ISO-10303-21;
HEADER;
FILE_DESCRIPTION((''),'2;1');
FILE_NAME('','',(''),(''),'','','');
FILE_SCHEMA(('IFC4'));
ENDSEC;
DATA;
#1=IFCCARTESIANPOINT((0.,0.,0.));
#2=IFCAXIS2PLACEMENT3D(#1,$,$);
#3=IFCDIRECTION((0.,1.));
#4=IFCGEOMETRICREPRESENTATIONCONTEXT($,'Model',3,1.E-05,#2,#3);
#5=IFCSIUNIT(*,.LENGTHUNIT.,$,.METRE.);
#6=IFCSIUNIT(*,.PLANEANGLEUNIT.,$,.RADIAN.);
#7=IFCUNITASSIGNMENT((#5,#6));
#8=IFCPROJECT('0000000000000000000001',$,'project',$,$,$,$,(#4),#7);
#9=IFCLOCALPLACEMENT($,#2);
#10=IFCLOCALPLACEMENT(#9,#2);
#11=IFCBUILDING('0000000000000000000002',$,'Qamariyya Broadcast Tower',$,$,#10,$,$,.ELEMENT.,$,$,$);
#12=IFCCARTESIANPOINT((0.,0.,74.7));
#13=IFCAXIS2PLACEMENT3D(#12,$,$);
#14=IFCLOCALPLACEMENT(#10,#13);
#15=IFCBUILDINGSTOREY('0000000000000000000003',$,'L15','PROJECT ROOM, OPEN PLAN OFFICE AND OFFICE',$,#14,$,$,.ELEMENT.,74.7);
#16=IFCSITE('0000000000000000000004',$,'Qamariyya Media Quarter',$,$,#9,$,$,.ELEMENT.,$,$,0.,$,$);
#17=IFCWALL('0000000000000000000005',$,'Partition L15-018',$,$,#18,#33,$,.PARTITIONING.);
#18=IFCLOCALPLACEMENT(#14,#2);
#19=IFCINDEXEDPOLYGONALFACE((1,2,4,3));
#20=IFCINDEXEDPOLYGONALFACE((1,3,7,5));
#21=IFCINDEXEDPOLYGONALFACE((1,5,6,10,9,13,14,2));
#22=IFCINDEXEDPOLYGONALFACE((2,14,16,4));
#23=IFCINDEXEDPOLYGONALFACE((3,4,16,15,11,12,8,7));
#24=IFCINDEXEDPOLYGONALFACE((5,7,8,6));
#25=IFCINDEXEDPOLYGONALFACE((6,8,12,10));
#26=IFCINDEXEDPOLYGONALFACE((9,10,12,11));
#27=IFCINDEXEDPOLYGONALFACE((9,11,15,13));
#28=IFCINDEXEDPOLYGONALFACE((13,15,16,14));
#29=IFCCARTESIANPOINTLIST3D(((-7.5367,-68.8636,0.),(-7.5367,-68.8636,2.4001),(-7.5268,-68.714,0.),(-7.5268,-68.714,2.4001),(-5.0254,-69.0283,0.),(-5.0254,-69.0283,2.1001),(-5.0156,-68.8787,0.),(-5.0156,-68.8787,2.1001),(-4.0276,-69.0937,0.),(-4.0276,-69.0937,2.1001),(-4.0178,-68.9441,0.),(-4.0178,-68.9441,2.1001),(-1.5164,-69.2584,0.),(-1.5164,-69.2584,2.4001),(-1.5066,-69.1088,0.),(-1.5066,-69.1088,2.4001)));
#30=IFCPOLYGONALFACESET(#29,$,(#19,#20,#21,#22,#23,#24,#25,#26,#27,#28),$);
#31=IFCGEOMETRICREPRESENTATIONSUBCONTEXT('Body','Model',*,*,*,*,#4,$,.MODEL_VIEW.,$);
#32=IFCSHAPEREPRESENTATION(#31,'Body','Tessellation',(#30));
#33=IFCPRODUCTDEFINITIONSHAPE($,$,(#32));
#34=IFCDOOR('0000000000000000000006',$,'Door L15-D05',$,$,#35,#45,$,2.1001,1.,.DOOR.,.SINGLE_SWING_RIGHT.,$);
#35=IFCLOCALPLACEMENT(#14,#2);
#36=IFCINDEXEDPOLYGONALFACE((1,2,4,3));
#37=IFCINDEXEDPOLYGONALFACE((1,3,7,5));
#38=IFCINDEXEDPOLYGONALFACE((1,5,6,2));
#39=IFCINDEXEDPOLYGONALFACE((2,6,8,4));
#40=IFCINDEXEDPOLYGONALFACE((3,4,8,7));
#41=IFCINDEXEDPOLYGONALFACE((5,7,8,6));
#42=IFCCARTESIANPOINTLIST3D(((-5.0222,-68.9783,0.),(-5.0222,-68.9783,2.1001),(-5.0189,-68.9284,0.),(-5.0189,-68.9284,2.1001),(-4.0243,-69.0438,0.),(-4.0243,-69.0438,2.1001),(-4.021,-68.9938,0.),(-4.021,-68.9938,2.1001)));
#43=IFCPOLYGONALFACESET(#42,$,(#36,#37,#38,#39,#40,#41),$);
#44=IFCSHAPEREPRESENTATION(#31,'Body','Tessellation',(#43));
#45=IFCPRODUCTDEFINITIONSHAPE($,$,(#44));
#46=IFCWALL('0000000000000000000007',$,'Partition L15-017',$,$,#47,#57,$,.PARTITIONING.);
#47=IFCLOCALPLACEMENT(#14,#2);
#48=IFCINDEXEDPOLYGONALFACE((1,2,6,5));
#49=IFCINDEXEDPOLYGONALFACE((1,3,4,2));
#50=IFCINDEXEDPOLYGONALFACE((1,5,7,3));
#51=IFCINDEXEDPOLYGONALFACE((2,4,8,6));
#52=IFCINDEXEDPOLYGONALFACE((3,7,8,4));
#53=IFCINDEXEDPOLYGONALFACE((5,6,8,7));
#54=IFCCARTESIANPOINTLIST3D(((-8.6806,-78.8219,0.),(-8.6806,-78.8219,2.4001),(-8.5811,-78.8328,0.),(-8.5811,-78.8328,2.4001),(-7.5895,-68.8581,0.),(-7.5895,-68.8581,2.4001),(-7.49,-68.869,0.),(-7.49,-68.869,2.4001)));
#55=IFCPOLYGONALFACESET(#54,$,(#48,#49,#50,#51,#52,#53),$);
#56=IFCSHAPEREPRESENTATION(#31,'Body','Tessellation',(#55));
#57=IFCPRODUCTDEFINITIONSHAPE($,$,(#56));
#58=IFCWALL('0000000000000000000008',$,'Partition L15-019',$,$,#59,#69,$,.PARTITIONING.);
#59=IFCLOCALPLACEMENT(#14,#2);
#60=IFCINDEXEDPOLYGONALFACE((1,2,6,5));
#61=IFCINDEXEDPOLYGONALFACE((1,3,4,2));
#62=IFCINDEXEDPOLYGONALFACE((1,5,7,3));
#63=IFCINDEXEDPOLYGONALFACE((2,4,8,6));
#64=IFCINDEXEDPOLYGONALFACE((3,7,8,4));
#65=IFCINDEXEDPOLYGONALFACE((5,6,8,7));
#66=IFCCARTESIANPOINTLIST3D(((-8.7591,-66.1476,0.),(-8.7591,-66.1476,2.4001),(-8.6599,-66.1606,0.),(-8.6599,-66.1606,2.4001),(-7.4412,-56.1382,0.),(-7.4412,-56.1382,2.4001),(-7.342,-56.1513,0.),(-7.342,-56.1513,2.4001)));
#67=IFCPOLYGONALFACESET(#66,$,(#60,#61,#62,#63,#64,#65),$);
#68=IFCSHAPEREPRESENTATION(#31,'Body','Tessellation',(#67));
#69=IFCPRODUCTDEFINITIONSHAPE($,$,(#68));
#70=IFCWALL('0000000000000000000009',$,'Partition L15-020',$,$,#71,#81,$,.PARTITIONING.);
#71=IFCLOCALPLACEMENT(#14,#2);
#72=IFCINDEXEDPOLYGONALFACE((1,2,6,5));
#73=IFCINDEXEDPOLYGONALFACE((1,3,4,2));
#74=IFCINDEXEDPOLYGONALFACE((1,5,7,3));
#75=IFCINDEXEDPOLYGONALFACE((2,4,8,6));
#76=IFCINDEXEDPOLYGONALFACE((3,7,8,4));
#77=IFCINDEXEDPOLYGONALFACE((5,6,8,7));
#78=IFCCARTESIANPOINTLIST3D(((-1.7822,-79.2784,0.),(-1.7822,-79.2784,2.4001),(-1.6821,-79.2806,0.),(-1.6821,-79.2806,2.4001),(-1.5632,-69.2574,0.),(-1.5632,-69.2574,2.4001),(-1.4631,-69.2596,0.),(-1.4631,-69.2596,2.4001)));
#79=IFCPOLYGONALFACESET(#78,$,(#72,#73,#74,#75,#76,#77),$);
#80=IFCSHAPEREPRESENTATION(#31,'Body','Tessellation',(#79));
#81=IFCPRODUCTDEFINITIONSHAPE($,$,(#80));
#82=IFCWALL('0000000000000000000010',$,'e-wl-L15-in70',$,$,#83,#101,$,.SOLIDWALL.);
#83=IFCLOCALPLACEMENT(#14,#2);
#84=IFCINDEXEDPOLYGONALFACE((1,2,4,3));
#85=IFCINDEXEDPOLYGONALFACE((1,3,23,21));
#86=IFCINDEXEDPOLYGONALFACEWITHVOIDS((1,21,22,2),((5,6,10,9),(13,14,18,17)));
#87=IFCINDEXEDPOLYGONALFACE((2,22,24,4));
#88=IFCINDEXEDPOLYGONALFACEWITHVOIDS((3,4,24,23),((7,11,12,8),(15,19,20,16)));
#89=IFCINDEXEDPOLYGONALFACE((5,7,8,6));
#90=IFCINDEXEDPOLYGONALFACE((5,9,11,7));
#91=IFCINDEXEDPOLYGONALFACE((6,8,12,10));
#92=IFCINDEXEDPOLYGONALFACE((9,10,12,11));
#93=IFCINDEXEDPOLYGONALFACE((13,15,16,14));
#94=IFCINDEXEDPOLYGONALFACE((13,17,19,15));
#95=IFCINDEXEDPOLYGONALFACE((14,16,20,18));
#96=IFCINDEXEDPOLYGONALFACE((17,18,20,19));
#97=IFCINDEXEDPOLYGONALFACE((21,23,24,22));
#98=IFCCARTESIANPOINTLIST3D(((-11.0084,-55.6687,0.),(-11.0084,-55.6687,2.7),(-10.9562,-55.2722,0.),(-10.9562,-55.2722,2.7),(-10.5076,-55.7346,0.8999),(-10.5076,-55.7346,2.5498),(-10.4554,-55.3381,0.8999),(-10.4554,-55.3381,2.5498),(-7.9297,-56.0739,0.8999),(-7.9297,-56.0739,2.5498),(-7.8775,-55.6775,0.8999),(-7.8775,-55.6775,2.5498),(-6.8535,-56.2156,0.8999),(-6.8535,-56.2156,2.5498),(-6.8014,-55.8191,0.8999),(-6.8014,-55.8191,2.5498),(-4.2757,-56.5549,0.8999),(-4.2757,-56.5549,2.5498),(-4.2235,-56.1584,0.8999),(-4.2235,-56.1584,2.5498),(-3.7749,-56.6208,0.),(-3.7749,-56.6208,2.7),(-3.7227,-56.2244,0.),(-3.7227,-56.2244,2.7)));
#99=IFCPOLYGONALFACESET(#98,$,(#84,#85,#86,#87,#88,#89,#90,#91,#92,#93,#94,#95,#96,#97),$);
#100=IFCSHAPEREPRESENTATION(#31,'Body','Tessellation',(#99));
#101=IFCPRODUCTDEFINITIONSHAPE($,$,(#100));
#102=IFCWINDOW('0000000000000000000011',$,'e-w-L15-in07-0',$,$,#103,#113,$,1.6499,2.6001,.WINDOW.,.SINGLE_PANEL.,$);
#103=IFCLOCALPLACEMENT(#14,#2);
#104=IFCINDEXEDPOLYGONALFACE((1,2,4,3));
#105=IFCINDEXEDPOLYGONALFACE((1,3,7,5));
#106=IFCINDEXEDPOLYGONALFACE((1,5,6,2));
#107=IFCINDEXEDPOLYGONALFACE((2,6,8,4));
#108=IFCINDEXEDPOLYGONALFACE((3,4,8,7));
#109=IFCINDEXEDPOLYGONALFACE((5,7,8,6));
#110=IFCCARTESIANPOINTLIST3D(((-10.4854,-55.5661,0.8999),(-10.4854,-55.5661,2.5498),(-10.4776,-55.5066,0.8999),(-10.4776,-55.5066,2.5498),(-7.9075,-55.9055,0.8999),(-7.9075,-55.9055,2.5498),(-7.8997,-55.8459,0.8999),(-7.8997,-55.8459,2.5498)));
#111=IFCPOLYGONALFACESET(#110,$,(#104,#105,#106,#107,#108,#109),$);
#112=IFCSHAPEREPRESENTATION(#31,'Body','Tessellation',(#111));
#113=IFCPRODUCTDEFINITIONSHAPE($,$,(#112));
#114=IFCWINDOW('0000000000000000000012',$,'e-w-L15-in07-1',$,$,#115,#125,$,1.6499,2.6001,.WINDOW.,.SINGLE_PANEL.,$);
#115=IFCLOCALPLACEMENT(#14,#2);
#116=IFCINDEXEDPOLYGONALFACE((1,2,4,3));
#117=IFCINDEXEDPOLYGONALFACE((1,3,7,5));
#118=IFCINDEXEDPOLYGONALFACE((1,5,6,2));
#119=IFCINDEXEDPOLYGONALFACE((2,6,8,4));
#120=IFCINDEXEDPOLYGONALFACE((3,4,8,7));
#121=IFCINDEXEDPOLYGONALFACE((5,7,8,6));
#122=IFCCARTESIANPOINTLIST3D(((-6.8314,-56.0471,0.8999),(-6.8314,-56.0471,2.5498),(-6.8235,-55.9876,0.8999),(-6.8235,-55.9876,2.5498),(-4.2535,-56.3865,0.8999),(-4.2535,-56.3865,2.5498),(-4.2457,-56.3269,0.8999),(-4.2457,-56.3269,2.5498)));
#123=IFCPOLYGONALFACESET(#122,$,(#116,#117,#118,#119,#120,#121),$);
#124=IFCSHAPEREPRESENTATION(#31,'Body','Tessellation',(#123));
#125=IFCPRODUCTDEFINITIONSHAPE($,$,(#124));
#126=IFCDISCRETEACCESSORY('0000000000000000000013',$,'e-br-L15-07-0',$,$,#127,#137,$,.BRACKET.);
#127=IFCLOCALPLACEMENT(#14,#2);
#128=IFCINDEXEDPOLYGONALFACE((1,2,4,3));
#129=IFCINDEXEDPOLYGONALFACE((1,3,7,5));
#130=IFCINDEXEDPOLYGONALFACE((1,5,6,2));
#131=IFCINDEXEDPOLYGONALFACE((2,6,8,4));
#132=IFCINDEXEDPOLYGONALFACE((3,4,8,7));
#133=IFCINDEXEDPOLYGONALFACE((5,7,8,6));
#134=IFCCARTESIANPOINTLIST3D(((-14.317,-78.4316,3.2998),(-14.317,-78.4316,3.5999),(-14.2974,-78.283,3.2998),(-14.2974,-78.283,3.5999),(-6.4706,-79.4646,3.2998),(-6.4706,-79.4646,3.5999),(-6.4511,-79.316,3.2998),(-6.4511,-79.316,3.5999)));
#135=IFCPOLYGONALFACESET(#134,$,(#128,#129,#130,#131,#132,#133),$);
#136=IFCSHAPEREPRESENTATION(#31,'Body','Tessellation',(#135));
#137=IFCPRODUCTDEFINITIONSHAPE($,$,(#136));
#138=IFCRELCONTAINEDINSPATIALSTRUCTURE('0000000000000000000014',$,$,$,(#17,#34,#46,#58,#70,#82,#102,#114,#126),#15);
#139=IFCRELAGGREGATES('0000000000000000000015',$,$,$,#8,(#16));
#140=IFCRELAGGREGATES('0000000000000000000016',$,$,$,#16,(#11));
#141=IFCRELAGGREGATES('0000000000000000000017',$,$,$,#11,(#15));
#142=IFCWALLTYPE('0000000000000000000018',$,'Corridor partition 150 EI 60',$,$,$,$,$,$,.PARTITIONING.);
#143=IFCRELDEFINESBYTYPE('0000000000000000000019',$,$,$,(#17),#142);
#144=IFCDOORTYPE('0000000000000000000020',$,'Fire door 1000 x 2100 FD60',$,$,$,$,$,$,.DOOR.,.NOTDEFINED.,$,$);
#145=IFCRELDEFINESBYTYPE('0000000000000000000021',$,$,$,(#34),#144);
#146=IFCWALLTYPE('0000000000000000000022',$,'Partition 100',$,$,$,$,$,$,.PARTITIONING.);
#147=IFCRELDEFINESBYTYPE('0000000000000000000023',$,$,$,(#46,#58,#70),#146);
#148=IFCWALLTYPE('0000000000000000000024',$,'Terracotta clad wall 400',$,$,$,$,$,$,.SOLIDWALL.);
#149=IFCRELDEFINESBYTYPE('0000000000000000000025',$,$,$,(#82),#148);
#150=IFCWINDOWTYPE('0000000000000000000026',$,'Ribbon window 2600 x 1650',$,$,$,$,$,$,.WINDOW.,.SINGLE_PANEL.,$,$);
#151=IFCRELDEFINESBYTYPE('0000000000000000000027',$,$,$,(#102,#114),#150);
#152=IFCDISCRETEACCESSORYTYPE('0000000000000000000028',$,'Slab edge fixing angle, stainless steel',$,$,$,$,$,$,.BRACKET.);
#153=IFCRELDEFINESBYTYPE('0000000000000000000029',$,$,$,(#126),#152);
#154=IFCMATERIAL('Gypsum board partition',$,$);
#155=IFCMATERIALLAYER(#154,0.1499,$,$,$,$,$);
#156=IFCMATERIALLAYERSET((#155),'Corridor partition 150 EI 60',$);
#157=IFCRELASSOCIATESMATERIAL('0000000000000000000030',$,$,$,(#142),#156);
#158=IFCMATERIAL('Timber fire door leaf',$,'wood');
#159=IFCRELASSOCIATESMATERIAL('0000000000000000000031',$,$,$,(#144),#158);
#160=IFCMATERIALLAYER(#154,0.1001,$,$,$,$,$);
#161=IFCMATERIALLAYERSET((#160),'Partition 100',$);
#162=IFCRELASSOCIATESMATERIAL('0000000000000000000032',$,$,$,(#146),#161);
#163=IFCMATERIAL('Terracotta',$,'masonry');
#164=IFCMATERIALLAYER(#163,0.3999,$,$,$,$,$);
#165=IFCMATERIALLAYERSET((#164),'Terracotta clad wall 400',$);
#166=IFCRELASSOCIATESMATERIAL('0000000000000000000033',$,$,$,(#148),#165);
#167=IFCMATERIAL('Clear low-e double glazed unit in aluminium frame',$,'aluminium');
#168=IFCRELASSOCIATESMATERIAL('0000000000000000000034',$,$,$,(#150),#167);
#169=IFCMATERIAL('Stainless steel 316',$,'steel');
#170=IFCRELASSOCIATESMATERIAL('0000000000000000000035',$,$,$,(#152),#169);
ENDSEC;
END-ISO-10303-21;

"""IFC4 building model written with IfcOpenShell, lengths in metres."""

from ifc_helpers import new_model, si_unit, direction, frame, frame_2d, origin, origin_2d, place, context, subcontext, project, spatial, rectangle, extrude, material, layer, layer_set, type_object, element, fill, save


model = new_model("IFC4")

# Units and contexts
model_context = context("Model", 3, precision=1e-05, world=origin(), true_north=direction((0.0, 1.0)))
body_context = subcontext(model_context, "Body", "Model", "MODEL_VIEW")
ifc_project = project(units=[si_unit("LENGTHUNIT", "METRE"), si_unit("PLANEANGLEUNIT", "RADIAN")], contexts=[model_context])

# Site, building, storey
site_placement = place(None, origin())
site = spatial("IfcSite", under=ifc_project, at=site_placement, Name="Qamariyya Media Quarter", CompositionType="ELEMENT", RefElevation=0.0)
building_placement = place(site_placement, origin())
building = spatial("IfcBuilding", under=site, at=building_placement, Name="Qamariyya Broadcast Tower", CompositionType="ELEMENT")
storey_placement = place(building_placement, frame((0.0, 0.0, 74.7)))
storey = spatial("IfcBuildingStorey", under=building, at=storey_placement, Name="L15", Description="PROJECT ROOM, OPEN PLAN OFFICE AND OFFICE", CompositionType="ELEMENT", Elevation=74.7)

# Wall, opening, door
ifc_material_1 = material(Name="Gypsum board partition")
ifc_layer_1 = layer(ifc_material_1, 0.1499)
ifc_layer_set_1 = layer_set([ifc_layer_1], Name="Corridor partition 150 EI 60")
wall_type_1 = type_object("IfcWallType", Name="Corridor partition 150 EI 60", PredefinedType="PARTITIONING", material=ifc_layer_set_1)
ifc_material_2 = material(Name="Timber fire door leaf", Category="wood")
door_type = type_object("IfcDoorType", Name="Fire door 1000 x 2100 FD60", OperationType="NOTDEFINED", PredefinedType="DOOR", material=ifc_material_2)
wall_1_placement = place(storey_placement, frame((-1.5115, -69.1836, 0.0), z_axis=(0.0, 0.0, 1.0), x_axis=(-0.997857, 0.065434, 0.0)))
wall_1 = element("IfcWall", 1, at=wall_1_placement, inside=storey, type_object=wall_type_1, Name="Partition L15-018", PredefinedType="PARTITIONING", context=body_context, shape_type="SweptSolid", body=[
    extrude(rectangle(XDim=6.0332, YDim=0.1499, at=frame_2d((3.0166, 0.0))), origin(), (0.0, 0.0, 1.0), 2.4001),
])
opening_1_placement = place(wall_1_placement, frame((2.5166, 0.0, 0.0)))
opening_1 = element("IfcOpeningElement", 2, at=opening_1_placement, cuts=wall_1, PredefinedType="OPENING", context=body_context, shape_type="SweptSolid", body=[
    extrude(rectangle(XDim=1.0, YDim=2.1001, at=frame_2d((0.5, 1.05))), frame((0.0, 0.085, 0.0), z_axis=(0.0, -1.0, 0.0), x_axis=(1.0, 0.0, 0.0)), (0.0, 0.0, 1.0), 0.1699),
])
door_1_placement = place(opening_1_placement, origin())
door_1 = element("IfcDoor", 3, at=door_1_placement, inside=storey, type_object=door_type, Name="Door L15-D05", OperationType="SINGLE_SWING_RIGHT", OverallHeight=2.1001, OverallWidth=1.0, PredefinedType="DOOR", context=body_context, shape_type="SweptSolid", body=[
    extrude(rectangle(XDim=1.0, YDim=2.1001, at=frame_2d((0.5, 1.05))), frame((0.0, 0.0249, 0.0), z_axis=(0.0, -1.0, 0.0), x_axis=(1.0, 0.0, 0.0)), (0.0, 0.0, 1.0), 0.05),
])
fill(opening_1, door_1)

# Walls
ifc_layer_2 = layer(ifc_material_1, 0.1001)
ifc_layer_set_2 = layer_set([ifc_layer_2], Name="Partition 100")
wall_type_2 = type_object("IfcWallType", Name="Partition 100", PredefinedType="PARTITIONING", material=ifc_layer_set_2)
wall_2_placement = place(storey_placement, frame((-8.6309, -78.8274, 0.0), z_axis=(0.0, 0.0, 1.0), x_axis=(0.108851, 0.994058, 0.0)))
element("IfcWall", 4, at=wall_2_placement, inside=storey, type_object=wall_type_2, Name="Partition L15-017", PredefinedType="PARTITIONING", context=body_context, shape_type="SweptSolid", body=[
    extrude(rectangle(XDim=10.0234, YDim=0.1001, at=frame_2d((5.0117, 0.0))), origin(), (0.0, 0.0, 1.0), 2.4001),
])
wall_3_placement = place(storey_placement, frame((-7.3916, -56.1448, 0.0), z_axis=(0.0, 0.0, 1.0), x_axis=(-0.130538, -0.991443, 0.0)))
element("IfcWall", 5, at=wall_3_placement, inside=storey, type_object=wall_type_2, Name="Partition L15-019", PredefinedType="PARTITIONING", context=body_context, shape_type="SweptSolid", body=[
    extrude(rectangle(XDim=10.0957, YDim=0.1001, at=frame_2d((5.0479, 0.0))), origin(), (0.0, 0.0, 1.0), 2.4001),
])
wall_4_placement = place(storey_placement, frame((-1.7322, -79.2795, 0.0), z_axis=(0.0, 0.0, 1.0), x_axis=(0.021848, 0.999761, 0.0)))
element("IfcWall", 6, at=wall_4_placement, inside=storey, type_object=wall_type_2, Name="Partition L15-020", PredefinedType="PARTITIONING", context=body_context, shape_type="SweptSolid", body=[
    extrude(rectangle(XDim=10.0234, YDim=0.1001, at=frame_2d((5.0117, 0.0))), origin(), (0.0, 0.0, 1.0), 2.4001),
])

# Wall, openings, windows
ifc_material_3 = material(Name="Terracotta", Category="masonry")
ifc_layer_3 = layer(ifc_material_3, 0.3999)
ifc_layer_set_3 = layer_set([ifc_layer_3], Name="Terracotta clad wall 400")
wall_type_3 = type_object("IfcWallType", Name="Terracotta clad wall 400", PredefinedType="SOLIDWALL", material=ifc_layer_set_3)
wall_5_placement = place(storey_placement, frame((-3.7488, -56.4226, 0.0), z_axis=(0.0, 0.0, 1.0), x_axis=(-0.991447, 0.130506, 0.0)))
wall_5 = element("IfcWall", 7, at=wall_5_placement, inside=storey, type_object=wall_type_3, Name="e-wl-L15-in70", PredefinedType="SOLIDWALL", context=body_context, shape_type="SweptSolid", body=[
    extrude(rectangle(XDim=7.2959, YDim=0.3999, at=frame_2d((3.6479, 0.0))), origin(), (0.0, 0.0, 1.0), 2.7),
])
opening_2_placement = place(wall_5_placement, frame((4.1907, 0.0, 0.8999)))
opening_2 = element("IfcOpeningElement", 8, at=opening_2_placement, cuts=wall_5, PredefinedType="OPENING", context=body_context, shape_type="SweptSolid", body=[
    extrude(rectangle(XDim=2.6001, YDim=1.6499, at=frame_2d((1.3, 0.825))), frame((0.0, 0.21, 0.0), z_axis=(0.0, -1.0, 0.0), x_axis=(1.0, 0.0, 0.0)), (0.0, 0.0, 1.0), 0.4199),
])
opening_3_placement = place(wall_5_placement, frame((0.5051, 0.0, 0.8999)))
opening_3 = element("IfcOpeningElement", 9, at=opening_3_placement, cuts=wall_5, PredefinedType="OPENING", context=body_context, shape_type="SweptSolid", body=[
    extrude(rectangle(XDim=2.6001, YDim=1.6499, at=frame_2d((1.3, 0.825))), frame((0.0, 0.21, 0.0), z_axis=(0.0, -1.0, 0.0), x_axis=(1.0, 0.0, 0.0)), (0.0, 0.0, 1.0), 0.4199),
])
ifc_material_4 = material(Name="Clear low-e double glazed unit in aluminium frame", Category="aluminium")
window_type = type_object("IfcWindowType", Name="Ribbon window 2600 x 1650", PartitioningType="SINGLE_PANEL", PredefinedType="WINDOW", material=ifc_material_4)
window_1_placement = place(opening_2_placement, origin())
window_1 = element("IfcWindow", 10, at=window_1_placement, inside=storey, type_object=window_type, Name="e-w-L15-in07-0", OverallHeight=1.6499, OverallWidth=2.6001, PartitioningType="SINGLE_PANEL", PredefinedType="WINDOW", context=body_context, shape_type="SweptSolid", body=[
    extrude(rectangle(XDim=2.6001, YDim=1.6499, at=frame_2d((1.3, 0.825))), frame((0.0, 0.03, 0.0), z_axis=(0.0, -1.0, 0.0), x_axis=(1.0, 0.0, 0.0)), (0.0, 0.0, 1.0), 0.0601),
])
fill(opening_2, window_1)
window_2_placement = place(opening_3_placement, origin())
window_2 = element("IfcWindow", 11, at=window_2_placement, inside=storey, type_object=window_type, Name="e-w-L15-in07-1", OverallHeight=1.6499, OverallWidth=2.6001, PartitioningType="SINGLE_PANEL", PredefinedType="WINDOW", context=body_context, shape_type="SweptSolid", body=[
    extrude(rectangle(XDim=2.6001, YDim=1.6499, at=frame_2d((1.3, 0.825))), frame((0.0, 0.03, 0.0), z_axis=(0.0, -1.0, 0.0), x_axis=(1.0, 0.0, 0.0)), (0.0, 0.0, 1.0), 0.0601),
])
fill(opening_3, window_2)

# Discrete accessory
ifc_material_5 = material(Name="Stainless steel 316", Category="steel")
discrete_accessory_type = type_object("IfcDiscreteAccessoryType", Name="Slab edge fixing angle, stainless steel", PredefinedType="BRACKET", material=ifc_material_5)
discrete_accessory_placement = place(storey_placement, frame((-10.384, -78.8738, 3.2998), z_axis=(0.0, 0.0, 1.0), x_axis=(0.991445, -0.130526, 0.0)))
element("IfcDiscreteAccessory", 12, at=discrete_accessory_placement, inside=storey, type_object=discrete_accessory_type, Name="e-br-L15-07-0", PredefinedType="BRACKET", context=body_context, shape_type="SweptSolid", body=[
    extrude(rectangle(XDim=7.9141, YDim=0.1499, at=origin_2d()), origin(), (0.0, 0.0, 1.0), 0.3),
])

save(model, "model.ifc")
